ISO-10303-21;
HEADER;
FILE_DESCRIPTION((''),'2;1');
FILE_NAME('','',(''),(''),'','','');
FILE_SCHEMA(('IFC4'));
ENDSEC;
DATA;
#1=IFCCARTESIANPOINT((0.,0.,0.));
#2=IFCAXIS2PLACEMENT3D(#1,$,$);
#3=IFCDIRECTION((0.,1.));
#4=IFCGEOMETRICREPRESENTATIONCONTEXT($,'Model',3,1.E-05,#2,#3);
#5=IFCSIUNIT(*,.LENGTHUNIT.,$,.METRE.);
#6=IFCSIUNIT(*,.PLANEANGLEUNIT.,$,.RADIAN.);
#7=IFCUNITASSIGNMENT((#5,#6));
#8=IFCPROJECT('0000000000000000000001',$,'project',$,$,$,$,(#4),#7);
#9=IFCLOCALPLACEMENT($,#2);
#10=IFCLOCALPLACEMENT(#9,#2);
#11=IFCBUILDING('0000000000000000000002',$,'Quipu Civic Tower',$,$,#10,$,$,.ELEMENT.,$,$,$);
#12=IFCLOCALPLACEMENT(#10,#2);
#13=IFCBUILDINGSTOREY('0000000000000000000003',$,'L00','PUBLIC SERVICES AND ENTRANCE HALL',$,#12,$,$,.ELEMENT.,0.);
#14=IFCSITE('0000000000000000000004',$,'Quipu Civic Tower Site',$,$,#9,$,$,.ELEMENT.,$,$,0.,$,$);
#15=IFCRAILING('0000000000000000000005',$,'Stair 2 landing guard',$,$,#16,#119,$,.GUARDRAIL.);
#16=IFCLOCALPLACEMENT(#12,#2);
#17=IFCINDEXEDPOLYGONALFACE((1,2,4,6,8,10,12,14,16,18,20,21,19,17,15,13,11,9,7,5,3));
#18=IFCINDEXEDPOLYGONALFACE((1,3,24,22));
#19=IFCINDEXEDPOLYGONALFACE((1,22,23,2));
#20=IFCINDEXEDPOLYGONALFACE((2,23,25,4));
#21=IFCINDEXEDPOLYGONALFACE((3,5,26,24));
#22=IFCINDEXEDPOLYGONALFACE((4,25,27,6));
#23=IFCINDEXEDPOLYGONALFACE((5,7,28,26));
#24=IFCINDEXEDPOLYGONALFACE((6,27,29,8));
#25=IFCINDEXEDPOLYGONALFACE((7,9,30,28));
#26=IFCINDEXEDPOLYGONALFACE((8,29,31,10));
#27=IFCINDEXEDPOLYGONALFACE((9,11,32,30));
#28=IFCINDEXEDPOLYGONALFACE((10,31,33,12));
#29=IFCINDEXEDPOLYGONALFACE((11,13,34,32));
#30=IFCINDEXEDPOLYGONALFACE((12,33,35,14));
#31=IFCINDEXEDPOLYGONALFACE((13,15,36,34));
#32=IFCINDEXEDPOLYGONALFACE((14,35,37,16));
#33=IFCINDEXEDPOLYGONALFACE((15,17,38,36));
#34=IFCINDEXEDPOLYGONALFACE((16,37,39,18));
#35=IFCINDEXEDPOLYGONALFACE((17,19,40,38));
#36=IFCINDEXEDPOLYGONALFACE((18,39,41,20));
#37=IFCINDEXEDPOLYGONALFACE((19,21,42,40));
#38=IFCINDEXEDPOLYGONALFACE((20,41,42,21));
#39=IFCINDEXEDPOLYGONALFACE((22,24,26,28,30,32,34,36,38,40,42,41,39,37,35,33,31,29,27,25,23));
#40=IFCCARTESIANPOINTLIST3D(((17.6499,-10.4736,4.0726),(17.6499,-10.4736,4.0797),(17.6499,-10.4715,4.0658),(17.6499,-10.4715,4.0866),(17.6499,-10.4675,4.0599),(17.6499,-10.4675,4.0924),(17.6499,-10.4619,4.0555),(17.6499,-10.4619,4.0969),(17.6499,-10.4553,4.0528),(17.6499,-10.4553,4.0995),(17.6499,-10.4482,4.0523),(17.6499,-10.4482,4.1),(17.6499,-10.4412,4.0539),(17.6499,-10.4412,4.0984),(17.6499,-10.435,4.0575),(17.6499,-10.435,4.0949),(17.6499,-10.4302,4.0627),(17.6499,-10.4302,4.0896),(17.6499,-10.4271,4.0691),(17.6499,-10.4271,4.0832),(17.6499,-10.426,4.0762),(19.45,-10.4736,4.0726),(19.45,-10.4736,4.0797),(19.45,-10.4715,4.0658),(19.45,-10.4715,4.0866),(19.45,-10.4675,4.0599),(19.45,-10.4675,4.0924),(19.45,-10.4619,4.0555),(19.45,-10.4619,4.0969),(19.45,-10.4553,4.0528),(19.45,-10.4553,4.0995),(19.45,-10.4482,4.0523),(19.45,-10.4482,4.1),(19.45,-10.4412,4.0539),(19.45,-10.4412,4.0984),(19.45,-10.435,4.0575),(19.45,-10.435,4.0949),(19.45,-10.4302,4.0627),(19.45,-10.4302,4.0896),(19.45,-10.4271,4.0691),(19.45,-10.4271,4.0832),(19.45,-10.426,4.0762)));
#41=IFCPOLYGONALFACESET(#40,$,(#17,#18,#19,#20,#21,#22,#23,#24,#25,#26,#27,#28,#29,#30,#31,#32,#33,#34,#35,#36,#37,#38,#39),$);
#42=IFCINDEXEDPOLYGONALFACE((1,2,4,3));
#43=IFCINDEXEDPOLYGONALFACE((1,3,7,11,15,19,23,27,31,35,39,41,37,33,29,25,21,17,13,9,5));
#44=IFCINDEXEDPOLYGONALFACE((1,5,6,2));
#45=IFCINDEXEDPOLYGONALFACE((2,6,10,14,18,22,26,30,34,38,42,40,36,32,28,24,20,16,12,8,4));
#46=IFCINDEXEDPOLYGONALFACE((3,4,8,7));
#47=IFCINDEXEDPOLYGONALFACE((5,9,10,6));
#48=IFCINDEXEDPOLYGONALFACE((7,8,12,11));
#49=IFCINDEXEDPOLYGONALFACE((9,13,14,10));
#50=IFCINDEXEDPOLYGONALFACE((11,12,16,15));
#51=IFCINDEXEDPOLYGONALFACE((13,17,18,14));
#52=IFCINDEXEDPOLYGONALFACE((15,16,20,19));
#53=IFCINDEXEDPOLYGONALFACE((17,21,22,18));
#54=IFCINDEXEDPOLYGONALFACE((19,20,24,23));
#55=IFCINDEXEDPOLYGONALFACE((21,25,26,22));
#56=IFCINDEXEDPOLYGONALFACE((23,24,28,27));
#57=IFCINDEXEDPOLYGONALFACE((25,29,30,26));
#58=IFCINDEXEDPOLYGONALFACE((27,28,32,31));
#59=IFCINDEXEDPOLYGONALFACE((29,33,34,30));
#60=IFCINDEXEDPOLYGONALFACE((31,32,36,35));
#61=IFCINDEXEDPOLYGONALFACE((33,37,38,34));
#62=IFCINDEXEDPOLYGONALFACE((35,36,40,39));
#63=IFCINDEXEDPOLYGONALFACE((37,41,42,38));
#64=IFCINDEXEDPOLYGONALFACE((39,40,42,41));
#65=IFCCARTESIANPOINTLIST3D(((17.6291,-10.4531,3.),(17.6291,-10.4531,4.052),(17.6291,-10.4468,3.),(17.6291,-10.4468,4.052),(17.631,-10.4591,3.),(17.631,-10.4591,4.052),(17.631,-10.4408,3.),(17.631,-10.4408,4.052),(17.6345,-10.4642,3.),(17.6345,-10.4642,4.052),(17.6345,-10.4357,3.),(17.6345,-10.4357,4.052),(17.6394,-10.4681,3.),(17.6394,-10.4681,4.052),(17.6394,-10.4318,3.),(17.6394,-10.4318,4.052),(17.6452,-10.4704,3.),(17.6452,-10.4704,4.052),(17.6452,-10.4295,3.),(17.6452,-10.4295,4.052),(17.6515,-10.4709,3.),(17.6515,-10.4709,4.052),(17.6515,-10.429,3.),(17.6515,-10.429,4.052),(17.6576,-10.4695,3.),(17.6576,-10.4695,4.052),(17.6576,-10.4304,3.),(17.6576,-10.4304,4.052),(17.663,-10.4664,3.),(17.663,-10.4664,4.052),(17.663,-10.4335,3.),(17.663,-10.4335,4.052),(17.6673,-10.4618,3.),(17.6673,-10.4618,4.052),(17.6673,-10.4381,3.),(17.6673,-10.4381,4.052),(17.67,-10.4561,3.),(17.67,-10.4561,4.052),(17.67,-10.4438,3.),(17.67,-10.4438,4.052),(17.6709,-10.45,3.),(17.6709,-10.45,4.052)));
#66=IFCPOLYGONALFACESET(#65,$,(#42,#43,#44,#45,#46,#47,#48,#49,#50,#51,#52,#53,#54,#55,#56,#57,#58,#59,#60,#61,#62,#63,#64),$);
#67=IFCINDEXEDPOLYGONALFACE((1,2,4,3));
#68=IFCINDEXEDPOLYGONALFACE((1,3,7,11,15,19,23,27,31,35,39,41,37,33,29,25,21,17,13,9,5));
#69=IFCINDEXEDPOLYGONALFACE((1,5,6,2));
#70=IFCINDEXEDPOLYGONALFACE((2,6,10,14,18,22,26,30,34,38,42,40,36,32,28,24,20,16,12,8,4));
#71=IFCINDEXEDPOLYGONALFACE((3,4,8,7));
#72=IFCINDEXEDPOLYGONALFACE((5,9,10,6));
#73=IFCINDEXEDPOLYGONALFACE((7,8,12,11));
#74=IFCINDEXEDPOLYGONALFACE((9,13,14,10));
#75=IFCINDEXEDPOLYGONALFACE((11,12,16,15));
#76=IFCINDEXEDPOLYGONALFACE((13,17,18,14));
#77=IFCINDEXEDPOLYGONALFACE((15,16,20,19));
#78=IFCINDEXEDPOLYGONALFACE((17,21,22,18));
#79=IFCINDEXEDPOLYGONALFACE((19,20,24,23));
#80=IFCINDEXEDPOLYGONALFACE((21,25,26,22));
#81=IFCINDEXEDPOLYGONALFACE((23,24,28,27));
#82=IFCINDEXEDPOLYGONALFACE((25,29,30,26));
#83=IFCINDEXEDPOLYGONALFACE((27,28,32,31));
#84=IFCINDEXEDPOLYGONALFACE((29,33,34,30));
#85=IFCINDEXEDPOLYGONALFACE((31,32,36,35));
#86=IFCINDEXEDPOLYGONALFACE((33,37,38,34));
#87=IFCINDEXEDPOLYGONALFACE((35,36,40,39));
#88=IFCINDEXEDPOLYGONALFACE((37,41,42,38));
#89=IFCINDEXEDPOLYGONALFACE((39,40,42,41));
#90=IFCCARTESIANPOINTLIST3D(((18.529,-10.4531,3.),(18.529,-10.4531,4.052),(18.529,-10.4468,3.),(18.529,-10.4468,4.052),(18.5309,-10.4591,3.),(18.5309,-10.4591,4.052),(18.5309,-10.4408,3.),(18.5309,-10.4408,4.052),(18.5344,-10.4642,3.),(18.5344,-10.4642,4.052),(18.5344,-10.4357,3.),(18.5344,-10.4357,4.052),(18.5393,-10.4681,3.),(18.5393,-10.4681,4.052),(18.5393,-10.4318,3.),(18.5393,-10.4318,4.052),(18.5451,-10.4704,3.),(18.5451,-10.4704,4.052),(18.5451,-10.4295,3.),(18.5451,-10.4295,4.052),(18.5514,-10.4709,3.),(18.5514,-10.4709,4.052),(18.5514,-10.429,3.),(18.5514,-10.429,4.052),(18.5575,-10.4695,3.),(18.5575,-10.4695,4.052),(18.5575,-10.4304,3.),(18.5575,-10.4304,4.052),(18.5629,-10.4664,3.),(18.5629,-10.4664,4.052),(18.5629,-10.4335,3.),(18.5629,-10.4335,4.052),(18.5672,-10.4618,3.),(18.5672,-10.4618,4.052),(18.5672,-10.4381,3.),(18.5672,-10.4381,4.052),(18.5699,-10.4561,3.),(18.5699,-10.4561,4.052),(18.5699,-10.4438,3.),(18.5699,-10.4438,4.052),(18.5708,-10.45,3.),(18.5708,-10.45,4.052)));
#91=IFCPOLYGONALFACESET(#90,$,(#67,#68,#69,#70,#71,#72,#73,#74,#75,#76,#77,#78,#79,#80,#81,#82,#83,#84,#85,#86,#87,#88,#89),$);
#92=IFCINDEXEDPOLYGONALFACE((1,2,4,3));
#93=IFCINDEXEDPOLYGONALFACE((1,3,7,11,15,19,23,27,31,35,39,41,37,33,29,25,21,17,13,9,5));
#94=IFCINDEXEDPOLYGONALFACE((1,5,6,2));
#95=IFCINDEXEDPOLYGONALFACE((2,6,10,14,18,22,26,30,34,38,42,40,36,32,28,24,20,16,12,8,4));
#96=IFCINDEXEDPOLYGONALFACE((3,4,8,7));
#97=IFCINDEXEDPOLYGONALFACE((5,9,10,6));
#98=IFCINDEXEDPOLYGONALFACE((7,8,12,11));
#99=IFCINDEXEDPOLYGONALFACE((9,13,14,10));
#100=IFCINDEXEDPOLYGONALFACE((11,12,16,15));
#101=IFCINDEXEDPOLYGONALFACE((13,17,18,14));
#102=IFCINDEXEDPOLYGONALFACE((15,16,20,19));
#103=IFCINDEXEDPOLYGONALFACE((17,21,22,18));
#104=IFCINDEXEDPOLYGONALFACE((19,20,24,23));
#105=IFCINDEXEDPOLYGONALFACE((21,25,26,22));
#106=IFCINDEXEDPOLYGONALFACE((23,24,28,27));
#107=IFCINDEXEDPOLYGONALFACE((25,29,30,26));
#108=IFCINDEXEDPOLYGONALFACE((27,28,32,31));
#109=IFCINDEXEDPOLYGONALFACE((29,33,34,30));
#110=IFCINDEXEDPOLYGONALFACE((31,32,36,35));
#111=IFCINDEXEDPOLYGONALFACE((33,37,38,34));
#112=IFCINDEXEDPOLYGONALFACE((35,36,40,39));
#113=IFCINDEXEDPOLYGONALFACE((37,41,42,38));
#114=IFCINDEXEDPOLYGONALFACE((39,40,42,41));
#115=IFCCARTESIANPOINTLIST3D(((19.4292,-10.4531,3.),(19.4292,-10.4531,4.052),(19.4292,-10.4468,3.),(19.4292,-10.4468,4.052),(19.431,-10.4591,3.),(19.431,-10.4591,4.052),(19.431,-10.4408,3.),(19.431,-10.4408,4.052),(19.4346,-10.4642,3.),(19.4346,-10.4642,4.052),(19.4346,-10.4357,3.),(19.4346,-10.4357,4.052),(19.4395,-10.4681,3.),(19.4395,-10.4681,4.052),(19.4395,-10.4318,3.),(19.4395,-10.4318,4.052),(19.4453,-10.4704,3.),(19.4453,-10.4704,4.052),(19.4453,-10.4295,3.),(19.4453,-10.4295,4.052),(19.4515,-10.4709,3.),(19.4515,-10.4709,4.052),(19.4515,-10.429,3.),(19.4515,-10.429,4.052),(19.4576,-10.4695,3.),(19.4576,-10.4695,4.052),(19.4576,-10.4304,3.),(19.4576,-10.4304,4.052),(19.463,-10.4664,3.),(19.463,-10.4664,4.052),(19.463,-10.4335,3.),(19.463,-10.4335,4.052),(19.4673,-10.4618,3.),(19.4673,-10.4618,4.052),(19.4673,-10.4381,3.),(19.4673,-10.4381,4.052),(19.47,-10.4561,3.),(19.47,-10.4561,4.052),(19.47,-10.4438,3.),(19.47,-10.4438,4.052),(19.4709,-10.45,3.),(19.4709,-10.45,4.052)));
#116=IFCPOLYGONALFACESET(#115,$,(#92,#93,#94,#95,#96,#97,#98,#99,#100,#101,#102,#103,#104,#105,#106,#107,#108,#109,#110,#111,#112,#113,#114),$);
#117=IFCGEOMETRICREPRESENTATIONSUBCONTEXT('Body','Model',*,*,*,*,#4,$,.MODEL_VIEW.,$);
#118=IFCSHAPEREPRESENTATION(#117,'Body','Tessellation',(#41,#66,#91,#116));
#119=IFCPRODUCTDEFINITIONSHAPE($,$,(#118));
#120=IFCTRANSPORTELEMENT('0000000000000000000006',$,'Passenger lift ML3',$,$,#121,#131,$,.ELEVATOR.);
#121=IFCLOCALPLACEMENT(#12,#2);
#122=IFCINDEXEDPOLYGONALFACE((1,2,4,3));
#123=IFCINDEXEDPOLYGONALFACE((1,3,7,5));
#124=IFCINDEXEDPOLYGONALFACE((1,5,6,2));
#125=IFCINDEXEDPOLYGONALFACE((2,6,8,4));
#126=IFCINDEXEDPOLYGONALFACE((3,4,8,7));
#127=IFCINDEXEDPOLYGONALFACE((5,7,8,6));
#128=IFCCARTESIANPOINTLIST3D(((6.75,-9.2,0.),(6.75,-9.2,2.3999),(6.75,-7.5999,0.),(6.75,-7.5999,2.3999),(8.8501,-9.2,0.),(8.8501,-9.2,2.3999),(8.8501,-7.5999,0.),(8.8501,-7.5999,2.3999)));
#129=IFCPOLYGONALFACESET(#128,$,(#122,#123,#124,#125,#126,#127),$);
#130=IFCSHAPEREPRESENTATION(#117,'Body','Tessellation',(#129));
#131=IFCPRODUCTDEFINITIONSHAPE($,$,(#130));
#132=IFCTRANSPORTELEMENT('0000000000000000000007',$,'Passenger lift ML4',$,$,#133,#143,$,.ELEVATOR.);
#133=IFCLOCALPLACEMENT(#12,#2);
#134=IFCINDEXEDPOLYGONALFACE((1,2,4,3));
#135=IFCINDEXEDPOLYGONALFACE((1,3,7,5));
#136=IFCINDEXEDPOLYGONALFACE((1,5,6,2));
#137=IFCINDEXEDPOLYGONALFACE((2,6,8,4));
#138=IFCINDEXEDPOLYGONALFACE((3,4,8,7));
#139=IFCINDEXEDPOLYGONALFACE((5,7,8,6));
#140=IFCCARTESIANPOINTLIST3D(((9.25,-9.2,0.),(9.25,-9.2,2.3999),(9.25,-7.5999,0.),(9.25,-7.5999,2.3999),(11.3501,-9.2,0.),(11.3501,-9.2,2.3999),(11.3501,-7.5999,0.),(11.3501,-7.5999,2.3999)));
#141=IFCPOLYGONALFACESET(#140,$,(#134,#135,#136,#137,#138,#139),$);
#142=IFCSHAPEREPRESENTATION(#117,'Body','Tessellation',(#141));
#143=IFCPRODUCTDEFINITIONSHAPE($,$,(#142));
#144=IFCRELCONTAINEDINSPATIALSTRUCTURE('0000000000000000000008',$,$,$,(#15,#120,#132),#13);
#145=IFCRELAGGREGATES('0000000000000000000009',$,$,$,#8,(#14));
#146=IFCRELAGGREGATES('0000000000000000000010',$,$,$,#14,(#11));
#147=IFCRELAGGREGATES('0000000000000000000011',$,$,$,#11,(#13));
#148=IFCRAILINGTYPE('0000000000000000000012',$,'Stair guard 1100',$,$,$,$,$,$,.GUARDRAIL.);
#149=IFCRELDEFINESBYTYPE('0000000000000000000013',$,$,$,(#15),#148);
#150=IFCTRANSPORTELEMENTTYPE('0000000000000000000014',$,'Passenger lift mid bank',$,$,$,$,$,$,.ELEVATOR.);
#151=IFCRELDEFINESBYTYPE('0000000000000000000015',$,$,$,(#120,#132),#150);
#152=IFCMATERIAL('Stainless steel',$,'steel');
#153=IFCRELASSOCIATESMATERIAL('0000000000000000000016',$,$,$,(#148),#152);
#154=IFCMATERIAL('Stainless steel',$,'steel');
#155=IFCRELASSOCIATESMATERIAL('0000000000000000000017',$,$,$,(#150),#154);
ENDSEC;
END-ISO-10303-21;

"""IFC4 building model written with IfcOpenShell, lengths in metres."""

from ifc_helpers import new_model, si_unit, direction, frame, origin, origin_2d, place, context, subcontext, project, spatial, rectangle, circle, extrude, material, type_object, element, save


model = new_model("IFC4")

# Units and contexts
model_context = context("Model", 3, precision=1e-05, world=origin(), true_north=direction((0.0, 1.0)))
body_context = subcontext(model_context, "Body", "Model", "MODEL_VIEW")
ifc_project = project(units=[si_unit("LENGTHUNIT", "METRE"), si_unit("PLANEANGLEUNIT", "RADIAN")], contexts=[model_context])

# Site, building, storey
site_placement = place(None, origin())
site = spatial("IfcSite", under=ifc_project, at=site_placement, Name="Quipu Civic Tower Site", CompositionType="ELEMENT", RefElevation=0.0)
building_placement = place(site_placement, origin())
building = spatial("IfcBuilding", under=site, at=building_placement, Name="Quipu Civic Tower", CompositionType="ELEMENT")
storey_placement = place(building_placement, origin())
storey = spatial("IfcBuildingStorey", under=building, at=storey_placement, Name="L00", Description="PUBLIC SERVICES AND ENTRANCE HALL", CompositionType="ELEMENT", Elevation=0.0)

# Railing
ifc_material_1 = material(Name="Stainless steel", Category="steel")
railing_type = type_object("IfcRailingType", Name="Stair guard 1100", PredefinedType="GUARDRAIL", material=ifc_material_1)
railing_1_placement = place(storey_placement, frame((17.6499, -10.45, 3.0)))
element("IfcRailing", 1, at=railing_1_placement, inside=storey, type_object=railing_type, Name="Stair 2 landing guard", PredefinedType="GUARDRAIL", context=body_context, shape_type="SweptSolid", body=[
    extrude(circle(Radius=0.0239, at=origin_2d()), frame((0.0, 0.0, 1.0762), z_axis=(1.0, 0.0, 0.0), x_axis=(0.0, 1.0, 0.0)), (0.0, 0.0, 1.0), 1.8),
    extrude(circle(Radius=0.021, at=origin_2d()), origin(), (0.0, 0.0, 1.0), 1.052),
    extrude(circle(Radius=0.021, at=origin_2d()), frame((0.8999, 0.0, 0.0)), (0.0, 0.0, 1.0), 1.052),
    extrude(circle(Radius=0.021, at=origin_2d()), frame((1.8, 0.0, 0.0)), (0.0, 0.0, 1.0), 1.052),
])

# Transport elements
ifc_material_2 = material(Name="Stainless steel", Category="steel")
transport_element_type = type_object("IfcTransportElementType", Name="Passenger lift mid bank", PredefinedType="ELEVATOR", material=ifc_material_2)
for number, where, z_axis, x_axis, name in (
    (2, (7.8, -8.3999, 0.0), (0.0, 0.0, 1.0), (1.0, 0.0, 0.0), "Passenger lift ML3"),
    (3, (10.3, -8.3999, 0.0), (0.0, 0.0, 1.0), (1.0, 0.0, 0.0), "Passenger lift ML4"),
):
    element("IfcTransportElement", number, at=place(storey_placement, frame(where, z_axis=z_axis, x_axis=x_axis)), inside=storey, type_object=transport_element_type, Name=name, PredefinedType="ELEVATOR", context=body_context, shape_type="SweptSolid", body=[
        extrude(rectangle(XDim=2.1001, YDim=1.6001, at=origin_2d()), origin(), (0.0, 0.0, 1.0), 2.3999),
    ])

save(model, "model.ifc")
